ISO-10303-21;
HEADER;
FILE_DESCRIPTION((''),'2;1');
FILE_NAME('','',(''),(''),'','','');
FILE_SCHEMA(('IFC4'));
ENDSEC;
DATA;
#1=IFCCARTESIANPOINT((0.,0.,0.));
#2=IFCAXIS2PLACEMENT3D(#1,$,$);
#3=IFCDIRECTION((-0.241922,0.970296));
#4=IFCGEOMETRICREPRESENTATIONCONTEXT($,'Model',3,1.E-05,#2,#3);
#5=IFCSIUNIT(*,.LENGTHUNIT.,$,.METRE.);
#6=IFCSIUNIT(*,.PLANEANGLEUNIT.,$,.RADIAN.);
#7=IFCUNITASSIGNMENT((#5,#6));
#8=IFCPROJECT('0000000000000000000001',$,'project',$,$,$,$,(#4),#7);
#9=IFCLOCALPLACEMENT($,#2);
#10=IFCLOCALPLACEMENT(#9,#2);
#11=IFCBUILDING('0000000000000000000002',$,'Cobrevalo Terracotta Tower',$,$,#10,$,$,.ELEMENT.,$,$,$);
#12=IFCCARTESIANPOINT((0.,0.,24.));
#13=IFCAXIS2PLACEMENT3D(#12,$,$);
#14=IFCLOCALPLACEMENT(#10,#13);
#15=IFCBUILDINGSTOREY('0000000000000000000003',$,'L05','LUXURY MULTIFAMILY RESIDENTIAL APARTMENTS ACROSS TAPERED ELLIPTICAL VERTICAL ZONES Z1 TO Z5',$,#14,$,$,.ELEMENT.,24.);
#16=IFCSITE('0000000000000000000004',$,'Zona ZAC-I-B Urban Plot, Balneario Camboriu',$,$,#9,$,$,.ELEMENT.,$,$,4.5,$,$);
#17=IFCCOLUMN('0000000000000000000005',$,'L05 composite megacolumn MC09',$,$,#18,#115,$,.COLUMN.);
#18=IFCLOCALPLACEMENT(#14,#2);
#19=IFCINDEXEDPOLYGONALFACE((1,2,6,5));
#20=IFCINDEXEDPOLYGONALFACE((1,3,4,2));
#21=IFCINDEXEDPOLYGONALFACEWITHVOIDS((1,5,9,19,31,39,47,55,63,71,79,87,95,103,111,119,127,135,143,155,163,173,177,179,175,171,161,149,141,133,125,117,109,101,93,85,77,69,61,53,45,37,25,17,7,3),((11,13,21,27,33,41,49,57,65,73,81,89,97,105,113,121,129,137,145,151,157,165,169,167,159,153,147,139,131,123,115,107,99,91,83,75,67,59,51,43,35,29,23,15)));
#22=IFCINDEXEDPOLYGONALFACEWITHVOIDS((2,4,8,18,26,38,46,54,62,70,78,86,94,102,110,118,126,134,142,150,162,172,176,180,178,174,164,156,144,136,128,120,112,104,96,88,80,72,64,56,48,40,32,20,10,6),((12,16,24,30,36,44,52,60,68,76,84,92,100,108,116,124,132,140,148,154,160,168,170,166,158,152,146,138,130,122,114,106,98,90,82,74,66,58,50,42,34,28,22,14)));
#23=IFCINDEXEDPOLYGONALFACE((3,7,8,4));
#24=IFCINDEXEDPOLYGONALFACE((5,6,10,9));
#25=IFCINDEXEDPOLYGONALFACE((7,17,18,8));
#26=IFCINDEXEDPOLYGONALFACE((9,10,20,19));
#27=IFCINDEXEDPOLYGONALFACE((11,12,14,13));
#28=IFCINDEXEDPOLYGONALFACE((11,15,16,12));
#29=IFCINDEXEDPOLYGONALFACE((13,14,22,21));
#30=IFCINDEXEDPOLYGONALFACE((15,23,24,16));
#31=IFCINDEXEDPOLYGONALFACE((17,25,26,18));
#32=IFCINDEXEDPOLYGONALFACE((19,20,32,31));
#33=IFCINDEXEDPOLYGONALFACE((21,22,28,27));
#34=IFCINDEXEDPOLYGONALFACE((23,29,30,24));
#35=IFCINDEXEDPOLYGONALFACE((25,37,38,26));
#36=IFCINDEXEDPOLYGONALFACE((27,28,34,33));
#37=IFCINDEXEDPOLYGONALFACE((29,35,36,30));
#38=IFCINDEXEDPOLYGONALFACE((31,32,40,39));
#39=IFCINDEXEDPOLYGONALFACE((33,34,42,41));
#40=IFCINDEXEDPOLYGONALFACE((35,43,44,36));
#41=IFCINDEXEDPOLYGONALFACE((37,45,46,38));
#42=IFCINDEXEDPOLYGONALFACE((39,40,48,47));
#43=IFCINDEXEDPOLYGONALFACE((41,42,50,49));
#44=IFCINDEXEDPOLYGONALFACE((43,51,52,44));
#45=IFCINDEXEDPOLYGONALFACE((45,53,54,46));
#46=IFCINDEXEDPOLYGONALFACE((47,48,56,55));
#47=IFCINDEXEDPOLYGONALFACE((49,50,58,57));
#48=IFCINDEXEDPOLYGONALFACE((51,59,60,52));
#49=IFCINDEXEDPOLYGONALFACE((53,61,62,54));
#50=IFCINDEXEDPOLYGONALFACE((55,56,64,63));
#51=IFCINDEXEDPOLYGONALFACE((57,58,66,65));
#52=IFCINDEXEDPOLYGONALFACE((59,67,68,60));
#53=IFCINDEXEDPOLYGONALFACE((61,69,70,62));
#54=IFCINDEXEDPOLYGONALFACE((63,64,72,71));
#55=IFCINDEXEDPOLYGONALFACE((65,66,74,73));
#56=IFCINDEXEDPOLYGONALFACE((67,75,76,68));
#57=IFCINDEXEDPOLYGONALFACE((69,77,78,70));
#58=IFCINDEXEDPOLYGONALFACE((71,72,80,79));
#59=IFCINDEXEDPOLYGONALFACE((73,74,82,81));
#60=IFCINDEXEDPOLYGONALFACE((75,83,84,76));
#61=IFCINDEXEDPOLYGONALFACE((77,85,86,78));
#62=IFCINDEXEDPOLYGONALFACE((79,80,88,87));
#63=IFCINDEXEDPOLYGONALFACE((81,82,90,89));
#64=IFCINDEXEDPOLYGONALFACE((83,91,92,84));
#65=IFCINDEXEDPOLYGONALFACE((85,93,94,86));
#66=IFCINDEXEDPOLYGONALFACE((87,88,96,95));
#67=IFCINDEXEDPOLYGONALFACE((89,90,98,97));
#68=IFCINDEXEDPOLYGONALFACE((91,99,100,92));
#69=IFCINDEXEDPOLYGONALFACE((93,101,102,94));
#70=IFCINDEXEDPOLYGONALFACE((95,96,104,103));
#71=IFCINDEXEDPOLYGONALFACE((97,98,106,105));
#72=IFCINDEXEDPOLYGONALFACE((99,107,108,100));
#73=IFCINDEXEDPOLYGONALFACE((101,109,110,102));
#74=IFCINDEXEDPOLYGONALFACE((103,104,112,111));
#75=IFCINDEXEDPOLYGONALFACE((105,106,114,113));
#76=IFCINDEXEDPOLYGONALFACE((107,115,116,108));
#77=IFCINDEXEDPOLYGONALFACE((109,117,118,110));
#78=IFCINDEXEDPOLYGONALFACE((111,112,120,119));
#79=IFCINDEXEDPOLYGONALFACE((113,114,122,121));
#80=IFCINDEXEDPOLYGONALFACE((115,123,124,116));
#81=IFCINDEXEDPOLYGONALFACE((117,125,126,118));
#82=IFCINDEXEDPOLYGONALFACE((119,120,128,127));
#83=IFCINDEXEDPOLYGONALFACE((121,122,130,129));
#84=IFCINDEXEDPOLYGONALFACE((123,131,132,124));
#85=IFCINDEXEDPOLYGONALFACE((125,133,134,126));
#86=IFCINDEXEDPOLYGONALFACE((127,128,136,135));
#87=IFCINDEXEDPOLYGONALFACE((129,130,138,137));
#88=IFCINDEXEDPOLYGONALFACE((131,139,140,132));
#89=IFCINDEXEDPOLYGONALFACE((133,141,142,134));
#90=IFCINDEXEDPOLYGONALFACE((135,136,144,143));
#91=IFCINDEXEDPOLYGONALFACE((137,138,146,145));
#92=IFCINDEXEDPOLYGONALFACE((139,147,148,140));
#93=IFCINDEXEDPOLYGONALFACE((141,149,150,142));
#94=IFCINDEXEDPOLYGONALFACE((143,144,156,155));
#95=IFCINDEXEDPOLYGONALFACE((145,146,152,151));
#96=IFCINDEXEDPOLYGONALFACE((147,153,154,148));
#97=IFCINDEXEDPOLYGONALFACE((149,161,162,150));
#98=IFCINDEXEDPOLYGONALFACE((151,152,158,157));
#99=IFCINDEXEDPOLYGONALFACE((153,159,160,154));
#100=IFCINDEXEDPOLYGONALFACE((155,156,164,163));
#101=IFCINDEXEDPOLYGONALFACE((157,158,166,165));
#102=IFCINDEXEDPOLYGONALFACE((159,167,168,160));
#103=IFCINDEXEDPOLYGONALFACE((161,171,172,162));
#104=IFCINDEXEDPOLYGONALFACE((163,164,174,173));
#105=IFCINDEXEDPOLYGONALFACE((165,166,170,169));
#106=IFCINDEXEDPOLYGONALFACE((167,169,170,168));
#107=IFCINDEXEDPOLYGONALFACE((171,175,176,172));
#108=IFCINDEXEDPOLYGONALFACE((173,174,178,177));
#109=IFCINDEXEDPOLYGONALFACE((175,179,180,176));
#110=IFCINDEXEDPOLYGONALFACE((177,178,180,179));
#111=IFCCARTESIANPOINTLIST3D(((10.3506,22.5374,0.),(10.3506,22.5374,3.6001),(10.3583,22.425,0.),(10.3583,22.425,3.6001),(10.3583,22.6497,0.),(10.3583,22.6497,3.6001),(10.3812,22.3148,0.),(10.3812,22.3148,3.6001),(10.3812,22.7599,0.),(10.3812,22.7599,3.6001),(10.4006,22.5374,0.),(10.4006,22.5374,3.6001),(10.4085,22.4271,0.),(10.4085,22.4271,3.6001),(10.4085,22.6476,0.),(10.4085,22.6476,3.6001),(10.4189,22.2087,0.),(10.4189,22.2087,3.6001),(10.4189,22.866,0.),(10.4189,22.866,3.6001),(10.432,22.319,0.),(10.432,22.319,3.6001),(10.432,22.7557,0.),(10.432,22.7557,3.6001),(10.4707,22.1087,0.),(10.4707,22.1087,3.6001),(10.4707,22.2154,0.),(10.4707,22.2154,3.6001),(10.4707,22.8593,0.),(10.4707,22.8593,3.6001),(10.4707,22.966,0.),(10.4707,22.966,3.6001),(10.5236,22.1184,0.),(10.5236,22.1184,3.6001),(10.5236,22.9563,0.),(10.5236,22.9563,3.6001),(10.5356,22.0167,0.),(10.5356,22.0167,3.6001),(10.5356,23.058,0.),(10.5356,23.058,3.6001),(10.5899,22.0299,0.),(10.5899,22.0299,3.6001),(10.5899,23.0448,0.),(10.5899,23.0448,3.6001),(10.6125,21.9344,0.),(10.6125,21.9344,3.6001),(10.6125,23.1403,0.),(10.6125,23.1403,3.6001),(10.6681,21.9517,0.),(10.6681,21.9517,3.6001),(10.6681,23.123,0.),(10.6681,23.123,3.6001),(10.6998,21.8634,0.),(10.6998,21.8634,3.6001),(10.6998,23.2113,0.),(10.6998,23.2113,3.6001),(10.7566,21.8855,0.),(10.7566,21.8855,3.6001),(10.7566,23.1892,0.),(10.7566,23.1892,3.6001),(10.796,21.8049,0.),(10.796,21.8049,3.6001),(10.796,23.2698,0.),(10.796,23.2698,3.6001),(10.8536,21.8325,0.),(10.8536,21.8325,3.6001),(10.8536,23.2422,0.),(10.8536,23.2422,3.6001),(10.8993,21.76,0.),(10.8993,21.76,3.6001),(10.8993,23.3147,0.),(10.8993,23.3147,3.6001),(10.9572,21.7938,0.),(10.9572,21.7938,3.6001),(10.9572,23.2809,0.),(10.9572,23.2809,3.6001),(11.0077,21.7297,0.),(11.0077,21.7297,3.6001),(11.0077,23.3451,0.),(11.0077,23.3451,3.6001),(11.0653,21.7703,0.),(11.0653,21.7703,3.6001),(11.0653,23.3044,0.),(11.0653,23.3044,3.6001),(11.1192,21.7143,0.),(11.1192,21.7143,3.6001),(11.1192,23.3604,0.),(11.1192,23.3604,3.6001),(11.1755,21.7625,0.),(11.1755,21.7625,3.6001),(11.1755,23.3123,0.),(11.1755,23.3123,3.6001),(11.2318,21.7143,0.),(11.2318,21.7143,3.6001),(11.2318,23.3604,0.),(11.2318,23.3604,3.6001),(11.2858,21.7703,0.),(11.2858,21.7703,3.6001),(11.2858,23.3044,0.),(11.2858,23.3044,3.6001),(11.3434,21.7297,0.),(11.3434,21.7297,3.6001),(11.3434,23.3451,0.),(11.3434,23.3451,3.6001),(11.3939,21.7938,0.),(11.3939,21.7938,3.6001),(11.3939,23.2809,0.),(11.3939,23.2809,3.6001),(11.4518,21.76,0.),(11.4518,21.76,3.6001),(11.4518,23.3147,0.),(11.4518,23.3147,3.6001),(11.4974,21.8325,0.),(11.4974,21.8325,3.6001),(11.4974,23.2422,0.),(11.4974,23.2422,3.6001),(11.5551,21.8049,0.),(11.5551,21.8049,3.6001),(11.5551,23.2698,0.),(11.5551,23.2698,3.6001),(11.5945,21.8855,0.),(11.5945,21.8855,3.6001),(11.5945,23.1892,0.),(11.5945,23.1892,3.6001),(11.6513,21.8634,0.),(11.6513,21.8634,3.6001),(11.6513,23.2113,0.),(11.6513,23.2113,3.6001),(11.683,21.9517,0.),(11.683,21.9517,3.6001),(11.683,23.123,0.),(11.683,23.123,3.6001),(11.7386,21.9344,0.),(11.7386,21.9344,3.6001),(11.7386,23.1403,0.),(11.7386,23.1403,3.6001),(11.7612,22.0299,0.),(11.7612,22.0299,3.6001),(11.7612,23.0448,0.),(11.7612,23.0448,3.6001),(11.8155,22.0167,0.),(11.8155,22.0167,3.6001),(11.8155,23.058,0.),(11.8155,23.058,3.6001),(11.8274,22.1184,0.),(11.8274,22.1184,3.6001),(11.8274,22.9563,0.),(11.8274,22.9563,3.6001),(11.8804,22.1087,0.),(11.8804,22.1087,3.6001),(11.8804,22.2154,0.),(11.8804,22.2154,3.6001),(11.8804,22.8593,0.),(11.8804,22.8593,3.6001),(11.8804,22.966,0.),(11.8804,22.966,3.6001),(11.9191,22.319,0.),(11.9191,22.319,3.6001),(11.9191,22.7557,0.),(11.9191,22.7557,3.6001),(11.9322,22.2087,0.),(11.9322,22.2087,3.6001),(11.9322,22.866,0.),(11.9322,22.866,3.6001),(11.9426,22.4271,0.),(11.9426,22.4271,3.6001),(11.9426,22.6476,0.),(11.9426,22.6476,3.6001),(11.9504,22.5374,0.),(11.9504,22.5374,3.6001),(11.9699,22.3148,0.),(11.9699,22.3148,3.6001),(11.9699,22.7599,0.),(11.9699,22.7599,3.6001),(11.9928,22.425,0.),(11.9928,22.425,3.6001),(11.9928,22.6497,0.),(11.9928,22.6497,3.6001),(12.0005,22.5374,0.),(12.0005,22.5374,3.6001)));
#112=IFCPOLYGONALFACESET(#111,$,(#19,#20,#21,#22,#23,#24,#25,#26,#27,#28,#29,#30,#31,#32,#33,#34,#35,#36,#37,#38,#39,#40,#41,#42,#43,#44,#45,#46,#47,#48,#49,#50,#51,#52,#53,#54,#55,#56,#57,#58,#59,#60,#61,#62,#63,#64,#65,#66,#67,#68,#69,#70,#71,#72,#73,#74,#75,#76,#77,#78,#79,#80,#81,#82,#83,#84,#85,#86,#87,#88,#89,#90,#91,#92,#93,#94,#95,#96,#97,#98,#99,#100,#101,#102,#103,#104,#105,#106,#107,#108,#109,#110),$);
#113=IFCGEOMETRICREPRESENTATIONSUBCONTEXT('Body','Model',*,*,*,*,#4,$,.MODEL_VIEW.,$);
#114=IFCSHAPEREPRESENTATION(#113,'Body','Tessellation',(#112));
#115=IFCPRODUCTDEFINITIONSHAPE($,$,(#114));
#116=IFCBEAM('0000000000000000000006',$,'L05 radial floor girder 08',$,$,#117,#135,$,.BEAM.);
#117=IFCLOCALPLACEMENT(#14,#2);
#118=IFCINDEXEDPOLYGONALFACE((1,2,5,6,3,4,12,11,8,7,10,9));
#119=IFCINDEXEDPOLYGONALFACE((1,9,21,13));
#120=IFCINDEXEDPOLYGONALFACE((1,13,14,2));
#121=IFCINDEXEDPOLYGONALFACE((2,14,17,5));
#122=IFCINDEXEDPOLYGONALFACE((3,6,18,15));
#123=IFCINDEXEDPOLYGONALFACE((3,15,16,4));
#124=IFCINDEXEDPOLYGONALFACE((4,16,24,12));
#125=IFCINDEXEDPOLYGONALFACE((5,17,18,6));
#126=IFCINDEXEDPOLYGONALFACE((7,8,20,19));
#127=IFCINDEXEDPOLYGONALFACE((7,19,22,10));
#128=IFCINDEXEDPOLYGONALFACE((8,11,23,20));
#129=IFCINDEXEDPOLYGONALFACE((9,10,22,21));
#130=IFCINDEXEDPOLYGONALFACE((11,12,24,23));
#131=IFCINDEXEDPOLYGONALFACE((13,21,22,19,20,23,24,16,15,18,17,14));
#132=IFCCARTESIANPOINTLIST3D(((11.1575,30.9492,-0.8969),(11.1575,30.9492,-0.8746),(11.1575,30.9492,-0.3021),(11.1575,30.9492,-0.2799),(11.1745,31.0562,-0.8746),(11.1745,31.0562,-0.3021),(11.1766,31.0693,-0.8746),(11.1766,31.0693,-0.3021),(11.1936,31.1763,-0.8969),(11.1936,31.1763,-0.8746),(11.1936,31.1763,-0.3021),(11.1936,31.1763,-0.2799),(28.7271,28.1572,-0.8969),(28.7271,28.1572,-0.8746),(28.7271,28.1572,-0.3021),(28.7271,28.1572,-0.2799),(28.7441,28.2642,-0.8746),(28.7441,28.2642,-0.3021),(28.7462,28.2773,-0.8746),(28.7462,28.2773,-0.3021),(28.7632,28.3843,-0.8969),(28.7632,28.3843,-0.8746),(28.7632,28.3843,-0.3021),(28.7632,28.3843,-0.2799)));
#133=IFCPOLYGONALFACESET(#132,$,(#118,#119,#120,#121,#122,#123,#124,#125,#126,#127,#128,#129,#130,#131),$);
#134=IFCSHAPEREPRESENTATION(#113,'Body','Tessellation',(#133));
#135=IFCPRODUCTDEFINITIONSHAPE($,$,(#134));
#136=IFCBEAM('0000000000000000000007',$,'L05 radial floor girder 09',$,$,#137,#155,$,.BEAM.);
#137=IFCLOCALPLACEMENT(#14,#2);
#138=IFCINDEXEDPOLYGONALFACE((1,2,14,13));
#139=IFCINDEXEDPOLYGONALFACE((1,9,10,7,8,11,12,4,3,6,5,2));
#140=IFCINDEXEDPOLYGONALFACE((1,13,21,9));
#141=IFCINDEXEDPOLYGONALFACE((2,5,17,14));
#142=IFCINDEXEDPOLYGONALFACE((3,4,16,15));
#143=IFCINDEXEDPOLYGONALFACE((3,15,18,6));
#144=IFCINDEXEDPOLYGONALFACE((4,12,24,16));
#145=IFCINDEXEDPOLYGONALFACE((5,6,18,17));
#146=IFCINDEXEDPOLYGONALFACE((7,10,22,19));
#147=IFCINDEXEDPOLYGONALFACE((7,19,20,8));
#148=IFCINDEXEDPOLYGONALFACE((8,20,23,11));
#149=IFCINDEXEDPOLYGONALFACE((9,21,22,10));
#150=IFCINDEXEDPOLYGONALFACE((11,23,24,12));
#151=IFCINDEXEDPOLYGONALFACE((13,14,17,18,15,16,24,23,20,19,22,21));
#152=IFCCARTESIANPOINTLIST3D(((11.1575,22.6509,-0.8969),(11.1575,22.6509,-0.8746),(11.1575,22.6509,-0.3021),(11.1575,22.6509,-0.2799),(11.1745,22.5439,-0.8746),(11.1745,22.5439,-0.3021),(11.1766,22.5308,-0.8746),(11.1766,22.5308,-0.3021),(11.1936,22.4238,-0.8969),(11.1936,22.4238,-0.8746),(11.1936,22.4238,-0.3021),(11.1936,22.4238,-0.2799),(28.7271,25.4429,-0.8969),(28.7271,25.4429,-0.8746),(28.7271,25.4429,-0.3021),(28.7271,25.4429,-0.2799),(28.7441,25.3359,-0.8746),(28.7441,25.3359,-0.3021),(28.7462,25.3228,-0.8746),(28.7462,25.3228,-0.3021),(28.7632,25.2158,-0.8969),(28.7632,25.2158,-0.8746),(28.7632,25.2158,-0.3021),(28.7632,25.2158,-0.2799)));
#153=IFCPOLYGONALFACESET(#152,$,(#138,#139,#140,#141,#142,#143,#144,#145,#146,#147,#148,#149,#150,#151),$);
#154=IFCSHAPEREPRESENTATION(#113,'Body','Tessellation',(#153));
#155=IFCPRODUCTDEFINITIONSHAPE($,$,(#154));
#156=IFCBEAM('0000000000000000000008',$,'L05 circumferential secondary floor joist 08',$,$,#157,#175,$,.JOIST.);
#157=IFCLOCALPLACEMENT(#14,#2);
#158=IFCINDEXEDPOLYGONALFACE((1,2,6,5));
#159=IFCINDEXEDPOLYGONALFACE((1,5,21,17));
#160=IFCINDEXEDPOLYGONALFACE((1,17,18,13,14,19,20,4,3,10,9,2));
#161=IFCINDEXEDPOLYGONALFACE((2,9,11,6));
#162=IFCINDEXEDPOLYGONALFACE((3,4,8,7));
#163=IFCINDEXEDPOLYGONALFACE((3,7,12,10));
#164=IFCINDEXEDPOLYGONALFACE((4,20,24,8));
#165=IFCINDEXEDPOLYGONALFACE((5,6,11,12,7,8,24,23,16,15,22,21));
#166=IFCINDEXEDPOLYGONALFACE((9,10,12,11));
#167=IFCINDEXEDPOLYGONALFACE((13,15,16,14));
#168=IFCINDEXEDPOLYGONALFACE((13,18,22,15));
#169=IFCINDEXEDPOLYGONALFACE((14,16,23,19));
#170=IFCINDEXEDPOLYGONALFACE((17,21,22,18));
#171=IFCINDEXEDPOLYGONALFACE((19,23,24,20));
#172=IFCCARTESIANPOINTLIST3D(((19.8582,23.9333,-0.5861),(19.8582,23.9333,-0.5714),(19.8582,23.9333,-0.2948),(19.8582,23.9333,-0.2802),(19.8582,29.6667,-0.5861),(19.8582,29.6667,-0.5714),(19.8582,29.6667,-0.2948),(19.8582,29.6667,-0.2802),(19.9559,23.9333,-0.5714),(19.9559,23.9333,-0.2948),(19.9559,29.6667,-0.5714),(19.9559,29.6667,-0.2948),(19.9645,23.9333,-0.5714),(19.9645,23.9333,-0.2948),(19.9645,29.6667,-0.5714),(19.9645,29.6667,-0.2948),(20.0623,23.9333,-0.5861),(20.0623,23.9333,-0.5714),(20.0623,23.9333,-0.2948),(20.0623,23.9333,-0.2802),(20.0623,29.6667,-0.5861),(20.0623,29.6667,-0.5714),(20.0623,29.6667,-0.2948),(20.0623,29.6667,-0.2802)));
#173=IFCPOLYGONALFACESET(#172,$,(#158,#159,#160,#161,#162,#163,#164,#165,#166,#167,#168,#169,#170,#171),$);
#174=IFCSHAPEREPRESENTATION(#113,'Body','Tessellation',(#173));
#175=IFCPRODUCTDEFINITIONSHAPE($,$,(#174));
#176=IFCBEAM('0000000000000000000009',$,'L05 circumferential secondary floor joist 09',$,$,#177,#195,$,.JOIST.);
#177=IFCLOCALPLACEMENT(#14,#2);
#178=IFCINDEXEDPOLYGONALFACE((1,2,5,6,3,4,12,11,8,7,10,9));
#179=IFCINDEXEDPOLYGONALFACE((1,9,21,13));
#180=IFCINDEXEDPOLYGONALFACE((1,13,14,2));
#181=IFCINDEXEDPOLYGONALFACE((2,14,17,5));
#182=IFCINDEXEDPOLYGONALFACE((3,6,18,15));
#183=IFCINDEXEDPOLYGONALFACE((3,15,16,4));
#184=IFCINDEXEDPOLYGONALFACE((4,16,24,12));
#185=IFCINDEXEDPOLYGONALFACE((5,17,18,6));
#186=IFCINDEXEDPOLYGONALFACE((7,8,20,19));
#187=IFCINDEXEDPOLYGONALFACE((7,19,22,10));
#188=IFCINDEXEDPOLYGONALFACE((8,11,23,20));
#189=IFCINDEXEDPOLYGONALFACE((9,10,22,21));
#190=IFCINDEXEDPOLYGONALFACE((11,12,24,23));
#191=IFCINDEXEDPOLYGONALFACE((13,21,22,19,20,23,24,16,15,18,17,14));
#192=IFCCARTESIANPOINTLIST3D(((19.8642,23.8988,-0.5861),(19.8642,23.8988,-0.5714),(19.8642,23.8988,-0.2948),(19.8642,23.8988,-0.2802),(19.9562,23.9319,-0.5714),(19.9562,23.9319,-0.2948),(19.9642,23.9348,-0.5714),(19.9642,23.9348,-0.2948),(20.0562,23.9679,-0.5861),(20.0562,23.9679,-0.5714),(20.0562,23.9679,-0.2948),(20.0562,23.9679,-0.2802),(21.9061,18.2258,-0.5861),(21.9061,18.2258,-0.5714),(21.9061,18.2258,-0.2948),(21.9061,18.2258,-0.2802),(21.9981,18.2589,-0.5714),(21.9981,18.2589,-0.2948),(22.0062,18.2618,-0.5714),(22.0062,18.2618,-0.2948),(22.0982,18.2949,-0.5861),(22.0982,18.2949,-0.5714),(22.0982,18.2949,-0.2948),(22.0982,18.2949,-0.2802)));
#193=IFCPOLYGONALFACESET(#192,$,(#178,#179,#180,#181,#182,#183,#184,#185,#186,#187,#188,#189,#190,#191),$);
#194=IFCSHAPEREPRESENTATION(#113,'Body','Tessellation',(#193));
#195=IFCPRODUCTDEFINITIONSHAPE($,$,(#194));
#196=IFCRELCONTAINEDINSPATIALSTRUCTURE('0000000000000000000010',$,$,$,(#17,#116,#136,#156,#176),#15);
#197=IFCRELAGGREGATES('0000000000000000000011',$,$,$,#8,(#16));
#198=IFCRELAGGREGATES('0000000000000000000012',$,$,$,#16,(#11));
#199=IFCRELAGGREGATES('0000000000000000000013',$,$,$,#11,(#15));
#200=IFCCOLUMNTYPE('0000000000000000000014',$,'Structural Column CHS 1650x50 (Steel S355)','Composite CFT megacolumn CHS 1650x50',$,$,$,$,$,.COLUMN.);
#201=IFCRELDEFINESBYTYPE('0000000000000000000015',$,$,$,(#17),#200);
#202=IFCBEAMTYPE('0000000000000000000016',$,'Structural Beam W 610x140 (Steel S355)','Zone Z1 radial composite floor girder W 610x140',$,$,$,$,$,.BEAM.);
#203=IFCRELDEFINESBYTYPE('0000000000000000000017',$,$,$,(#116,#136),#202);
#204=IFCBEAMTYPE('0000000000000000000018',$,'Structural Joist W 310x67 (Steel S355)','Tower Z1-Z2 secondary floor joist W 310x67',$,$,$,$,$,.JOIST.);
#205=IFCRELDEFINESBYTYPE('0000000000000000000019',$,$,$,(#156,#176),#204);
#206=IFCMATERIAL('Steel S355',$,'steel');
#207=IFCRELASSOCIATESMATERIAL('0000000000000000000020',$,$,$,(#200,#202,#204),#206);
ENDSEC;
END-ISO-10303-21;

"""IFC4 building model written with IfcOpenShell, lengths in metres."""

from ifc_helpers import new_model, si_unit, direction, frame, origin, origin_2d, place, context, subcontext, project, spatial, hollow_circle, i_section, extrude, material, material_profile, profile_set, type_object, element, save


model = new_model("IFC4")

# Units and contexts
model_context = context("Model", 3, precision=1e-05, world=origin(), true_north=direction((-0.241922, 0.970296)))
body_context = subcontext(model_context, "Body", "Model", "MODEL_VIEW")
ifc_project = project(units=[si_unit("LENGTHUNIT", "METRE"), si_unit("PLANEANGLEUNIT", "RADIAN")], contexts=[model_context])

# Site, building, storey
site_placement = place(None, origin())
site = spatial("IfcSite", under=ifc_project, at=site_placement, Name="Zona ZAC-I-B Urban Plot, Balneario Camboriu", CompositionType="ELEMENT", RefElevation=4.5)
building_placement = place(site_placement, origin())
building = spatial("IfcBuilding", under=site, at=building_placement, Name="Cobrevalo Terracotta Tower", CompositionType="ELEMENT")
storey_placement = place(building_placement, frame((0.0, 0.0, 24.0)))
storey = spatial("IfcBuildingStorey", under=building, at=storey_placement, Name="L05", Description="LUXURY MULTIFAMILY RESIDENTIAL APARTMENTS ACROSS TAPERED ELLIPTICAL VERTICAL ZONES Z1 TO Z5", CompositionType="ELEMENT", Elevation=24.0)

# Column
ifc_material_1 = material(Name="Steel S355", Category="steel")
ifc_material_profile_1 = material_profile(ifc_material_1, hollow_circle(Radius=0.825, WallThickness=0.05, at=origin_2d()), Name="CHS 1650x50")
ifc_profile_set_1 = profile_set([ifc_material_profile_1], Name="Steel S355")
column_type = type_object("IfcColumnType", Name="Structural Column CHS 1650x50 (Steel S355)", Description="Composite CFT megacolumn CHS 1650x50", PredefinedType="COLUMN", material=ifc_profile_set_1)
for number, where, z_axis, x_axis, name in (
    (1, (11.1755, 22.5374, 0.0), (0.0, 0.0, 1.0), (1.0, 0.0, 0.0), "L05 composite megacolumn MC09"),
):
    element("IfcColumn", number, at=place(storey_placement, frame(where, z_axis=z_axis, x_axis=x_axis)), inside=storey, type_object=column_type, Name=name, PredefinedType="COLUMN", context=body_context, shape_type="SweptSolid", body=[
        extrude(hollow_circle(Radius=0.825, WallThickness=0.05, at=origin_2d()), origin(), (0.0, 0.0, 1.0), 3.6001),
    ])

# Beams
ifc_material_profile_2 = material_profile(ifc_material_1, i_section(OverallWidth=0.23, OverallDepth=0.6169, WebThickness=0.0132, FlangeThickness=0.0222, at=origin_2d()), Name="W 610x140")
ifc_profile_set_2 = profile_set([ifc_material_profile_2], Name="Steel S355")
beam_type_1 = type_object("IfcBeamType", Name="Structural Beam W 610x140 (Steel S355)", Description="Zone Z1 radial composite floor girder W 610x140", PredefinedType="BEAM", material=ifc_profile_set_2)
for number, where, z_axis, x_axis, name in (
    (2, (11.1755, 31.0627, -0.5884), (0.987608, -0.156941, 0.0), (0.156941, 0.987608, 0.0), "L05 radial floor girder 08"),
    (3, (11.1755, 22.5374, -0.5884), (0.987608, 0.156941, 0.0), (-0.156941, 0.987608, 0.0), "L05 radial floor girder 09"),
):
    element("IfcBeam", number, at=place(storey_placement, frame(where, z_axis=z_axis, x_axis=x_axis)), inside=storey, type_object=beam_type_1, Name=name, PredefinedType="BEAM", context=body_context, shape_type="SweptSolid", body=[
        extrude(i_section(OverallWidth=0.23, OverallDepth=0.6169, WebThickness=0.0132, FlangeThickness=0.0222, at=origin_2d()), origin(), (0.0, 0.0, 1.0), 17.79),
    ])
ifc_material_profile_3 = material_profile(ifc_material_1, i_section(OverallWidth=0.2041, OverallDepth=0.3059, WebThickness=0.0085, FlangeThickness=0.0146, at=origin_2d()), Name="W 310x67")
ifc_profile_set_3 = profile_set([ifc_material_profile_3], Name="Steel S355")
beam_type_2 = type_object("IfcBeamType", Name="Structural Joist W 310x67 (Steel S355)", Description="Tower Z1-Z2 secondary floor joist W 310x67", PredefinedType="JOIST", material=ifc_profile_set_3)
beam_1_placement = place(storey_placement, frame((19.9602, 29.6667, -0.4331), z_axis=(0.0, -1.0, 0.0), x_axis=(1.0, 0.0, 0.0)))
element("IfcBeam", 4, at=beam_1_placement, inside=storey, type_object=beam_type_2, Name="L05 circumferential secondary floor joist 08", PredefinedType="JOIST", context=body_context, shape_type="SweptSolid", body=[
    extrude(i_section(OverallWidth=0.2041, OverallDepth=0.3059, WebThickness=0.0085, FlangeThickness=0.0146, at=origin_2d()), origin(), (0.0, 0.0, 1.0), 5.7334),
])
beam_2_placement = place(storey_placement, frame((19.9602, 23.9333, -0.4331), z_axis=(0.338672, -0.940904, 0.0), x_axis=(0.940904, 0.338672, 0.0)))
element("IfcBeam", 5, at=beam_2_placement, inside=storey, type_object=beam_type_2, Name="L05 circumferential secondary floor joist 09", PredefinedType="JOIST", context=body_context, shape_type="SweptSolid", body=[
    extrude(i_section(OverallWidth=0.2041, OverallDepth=0.3059, WebThickness=0.0085, FlangeThickness=0.0146, at=origin_2d()), origin(), (0.0, 0.0, 1.0), 6.0293),
])

save(model, "model.ifc")
